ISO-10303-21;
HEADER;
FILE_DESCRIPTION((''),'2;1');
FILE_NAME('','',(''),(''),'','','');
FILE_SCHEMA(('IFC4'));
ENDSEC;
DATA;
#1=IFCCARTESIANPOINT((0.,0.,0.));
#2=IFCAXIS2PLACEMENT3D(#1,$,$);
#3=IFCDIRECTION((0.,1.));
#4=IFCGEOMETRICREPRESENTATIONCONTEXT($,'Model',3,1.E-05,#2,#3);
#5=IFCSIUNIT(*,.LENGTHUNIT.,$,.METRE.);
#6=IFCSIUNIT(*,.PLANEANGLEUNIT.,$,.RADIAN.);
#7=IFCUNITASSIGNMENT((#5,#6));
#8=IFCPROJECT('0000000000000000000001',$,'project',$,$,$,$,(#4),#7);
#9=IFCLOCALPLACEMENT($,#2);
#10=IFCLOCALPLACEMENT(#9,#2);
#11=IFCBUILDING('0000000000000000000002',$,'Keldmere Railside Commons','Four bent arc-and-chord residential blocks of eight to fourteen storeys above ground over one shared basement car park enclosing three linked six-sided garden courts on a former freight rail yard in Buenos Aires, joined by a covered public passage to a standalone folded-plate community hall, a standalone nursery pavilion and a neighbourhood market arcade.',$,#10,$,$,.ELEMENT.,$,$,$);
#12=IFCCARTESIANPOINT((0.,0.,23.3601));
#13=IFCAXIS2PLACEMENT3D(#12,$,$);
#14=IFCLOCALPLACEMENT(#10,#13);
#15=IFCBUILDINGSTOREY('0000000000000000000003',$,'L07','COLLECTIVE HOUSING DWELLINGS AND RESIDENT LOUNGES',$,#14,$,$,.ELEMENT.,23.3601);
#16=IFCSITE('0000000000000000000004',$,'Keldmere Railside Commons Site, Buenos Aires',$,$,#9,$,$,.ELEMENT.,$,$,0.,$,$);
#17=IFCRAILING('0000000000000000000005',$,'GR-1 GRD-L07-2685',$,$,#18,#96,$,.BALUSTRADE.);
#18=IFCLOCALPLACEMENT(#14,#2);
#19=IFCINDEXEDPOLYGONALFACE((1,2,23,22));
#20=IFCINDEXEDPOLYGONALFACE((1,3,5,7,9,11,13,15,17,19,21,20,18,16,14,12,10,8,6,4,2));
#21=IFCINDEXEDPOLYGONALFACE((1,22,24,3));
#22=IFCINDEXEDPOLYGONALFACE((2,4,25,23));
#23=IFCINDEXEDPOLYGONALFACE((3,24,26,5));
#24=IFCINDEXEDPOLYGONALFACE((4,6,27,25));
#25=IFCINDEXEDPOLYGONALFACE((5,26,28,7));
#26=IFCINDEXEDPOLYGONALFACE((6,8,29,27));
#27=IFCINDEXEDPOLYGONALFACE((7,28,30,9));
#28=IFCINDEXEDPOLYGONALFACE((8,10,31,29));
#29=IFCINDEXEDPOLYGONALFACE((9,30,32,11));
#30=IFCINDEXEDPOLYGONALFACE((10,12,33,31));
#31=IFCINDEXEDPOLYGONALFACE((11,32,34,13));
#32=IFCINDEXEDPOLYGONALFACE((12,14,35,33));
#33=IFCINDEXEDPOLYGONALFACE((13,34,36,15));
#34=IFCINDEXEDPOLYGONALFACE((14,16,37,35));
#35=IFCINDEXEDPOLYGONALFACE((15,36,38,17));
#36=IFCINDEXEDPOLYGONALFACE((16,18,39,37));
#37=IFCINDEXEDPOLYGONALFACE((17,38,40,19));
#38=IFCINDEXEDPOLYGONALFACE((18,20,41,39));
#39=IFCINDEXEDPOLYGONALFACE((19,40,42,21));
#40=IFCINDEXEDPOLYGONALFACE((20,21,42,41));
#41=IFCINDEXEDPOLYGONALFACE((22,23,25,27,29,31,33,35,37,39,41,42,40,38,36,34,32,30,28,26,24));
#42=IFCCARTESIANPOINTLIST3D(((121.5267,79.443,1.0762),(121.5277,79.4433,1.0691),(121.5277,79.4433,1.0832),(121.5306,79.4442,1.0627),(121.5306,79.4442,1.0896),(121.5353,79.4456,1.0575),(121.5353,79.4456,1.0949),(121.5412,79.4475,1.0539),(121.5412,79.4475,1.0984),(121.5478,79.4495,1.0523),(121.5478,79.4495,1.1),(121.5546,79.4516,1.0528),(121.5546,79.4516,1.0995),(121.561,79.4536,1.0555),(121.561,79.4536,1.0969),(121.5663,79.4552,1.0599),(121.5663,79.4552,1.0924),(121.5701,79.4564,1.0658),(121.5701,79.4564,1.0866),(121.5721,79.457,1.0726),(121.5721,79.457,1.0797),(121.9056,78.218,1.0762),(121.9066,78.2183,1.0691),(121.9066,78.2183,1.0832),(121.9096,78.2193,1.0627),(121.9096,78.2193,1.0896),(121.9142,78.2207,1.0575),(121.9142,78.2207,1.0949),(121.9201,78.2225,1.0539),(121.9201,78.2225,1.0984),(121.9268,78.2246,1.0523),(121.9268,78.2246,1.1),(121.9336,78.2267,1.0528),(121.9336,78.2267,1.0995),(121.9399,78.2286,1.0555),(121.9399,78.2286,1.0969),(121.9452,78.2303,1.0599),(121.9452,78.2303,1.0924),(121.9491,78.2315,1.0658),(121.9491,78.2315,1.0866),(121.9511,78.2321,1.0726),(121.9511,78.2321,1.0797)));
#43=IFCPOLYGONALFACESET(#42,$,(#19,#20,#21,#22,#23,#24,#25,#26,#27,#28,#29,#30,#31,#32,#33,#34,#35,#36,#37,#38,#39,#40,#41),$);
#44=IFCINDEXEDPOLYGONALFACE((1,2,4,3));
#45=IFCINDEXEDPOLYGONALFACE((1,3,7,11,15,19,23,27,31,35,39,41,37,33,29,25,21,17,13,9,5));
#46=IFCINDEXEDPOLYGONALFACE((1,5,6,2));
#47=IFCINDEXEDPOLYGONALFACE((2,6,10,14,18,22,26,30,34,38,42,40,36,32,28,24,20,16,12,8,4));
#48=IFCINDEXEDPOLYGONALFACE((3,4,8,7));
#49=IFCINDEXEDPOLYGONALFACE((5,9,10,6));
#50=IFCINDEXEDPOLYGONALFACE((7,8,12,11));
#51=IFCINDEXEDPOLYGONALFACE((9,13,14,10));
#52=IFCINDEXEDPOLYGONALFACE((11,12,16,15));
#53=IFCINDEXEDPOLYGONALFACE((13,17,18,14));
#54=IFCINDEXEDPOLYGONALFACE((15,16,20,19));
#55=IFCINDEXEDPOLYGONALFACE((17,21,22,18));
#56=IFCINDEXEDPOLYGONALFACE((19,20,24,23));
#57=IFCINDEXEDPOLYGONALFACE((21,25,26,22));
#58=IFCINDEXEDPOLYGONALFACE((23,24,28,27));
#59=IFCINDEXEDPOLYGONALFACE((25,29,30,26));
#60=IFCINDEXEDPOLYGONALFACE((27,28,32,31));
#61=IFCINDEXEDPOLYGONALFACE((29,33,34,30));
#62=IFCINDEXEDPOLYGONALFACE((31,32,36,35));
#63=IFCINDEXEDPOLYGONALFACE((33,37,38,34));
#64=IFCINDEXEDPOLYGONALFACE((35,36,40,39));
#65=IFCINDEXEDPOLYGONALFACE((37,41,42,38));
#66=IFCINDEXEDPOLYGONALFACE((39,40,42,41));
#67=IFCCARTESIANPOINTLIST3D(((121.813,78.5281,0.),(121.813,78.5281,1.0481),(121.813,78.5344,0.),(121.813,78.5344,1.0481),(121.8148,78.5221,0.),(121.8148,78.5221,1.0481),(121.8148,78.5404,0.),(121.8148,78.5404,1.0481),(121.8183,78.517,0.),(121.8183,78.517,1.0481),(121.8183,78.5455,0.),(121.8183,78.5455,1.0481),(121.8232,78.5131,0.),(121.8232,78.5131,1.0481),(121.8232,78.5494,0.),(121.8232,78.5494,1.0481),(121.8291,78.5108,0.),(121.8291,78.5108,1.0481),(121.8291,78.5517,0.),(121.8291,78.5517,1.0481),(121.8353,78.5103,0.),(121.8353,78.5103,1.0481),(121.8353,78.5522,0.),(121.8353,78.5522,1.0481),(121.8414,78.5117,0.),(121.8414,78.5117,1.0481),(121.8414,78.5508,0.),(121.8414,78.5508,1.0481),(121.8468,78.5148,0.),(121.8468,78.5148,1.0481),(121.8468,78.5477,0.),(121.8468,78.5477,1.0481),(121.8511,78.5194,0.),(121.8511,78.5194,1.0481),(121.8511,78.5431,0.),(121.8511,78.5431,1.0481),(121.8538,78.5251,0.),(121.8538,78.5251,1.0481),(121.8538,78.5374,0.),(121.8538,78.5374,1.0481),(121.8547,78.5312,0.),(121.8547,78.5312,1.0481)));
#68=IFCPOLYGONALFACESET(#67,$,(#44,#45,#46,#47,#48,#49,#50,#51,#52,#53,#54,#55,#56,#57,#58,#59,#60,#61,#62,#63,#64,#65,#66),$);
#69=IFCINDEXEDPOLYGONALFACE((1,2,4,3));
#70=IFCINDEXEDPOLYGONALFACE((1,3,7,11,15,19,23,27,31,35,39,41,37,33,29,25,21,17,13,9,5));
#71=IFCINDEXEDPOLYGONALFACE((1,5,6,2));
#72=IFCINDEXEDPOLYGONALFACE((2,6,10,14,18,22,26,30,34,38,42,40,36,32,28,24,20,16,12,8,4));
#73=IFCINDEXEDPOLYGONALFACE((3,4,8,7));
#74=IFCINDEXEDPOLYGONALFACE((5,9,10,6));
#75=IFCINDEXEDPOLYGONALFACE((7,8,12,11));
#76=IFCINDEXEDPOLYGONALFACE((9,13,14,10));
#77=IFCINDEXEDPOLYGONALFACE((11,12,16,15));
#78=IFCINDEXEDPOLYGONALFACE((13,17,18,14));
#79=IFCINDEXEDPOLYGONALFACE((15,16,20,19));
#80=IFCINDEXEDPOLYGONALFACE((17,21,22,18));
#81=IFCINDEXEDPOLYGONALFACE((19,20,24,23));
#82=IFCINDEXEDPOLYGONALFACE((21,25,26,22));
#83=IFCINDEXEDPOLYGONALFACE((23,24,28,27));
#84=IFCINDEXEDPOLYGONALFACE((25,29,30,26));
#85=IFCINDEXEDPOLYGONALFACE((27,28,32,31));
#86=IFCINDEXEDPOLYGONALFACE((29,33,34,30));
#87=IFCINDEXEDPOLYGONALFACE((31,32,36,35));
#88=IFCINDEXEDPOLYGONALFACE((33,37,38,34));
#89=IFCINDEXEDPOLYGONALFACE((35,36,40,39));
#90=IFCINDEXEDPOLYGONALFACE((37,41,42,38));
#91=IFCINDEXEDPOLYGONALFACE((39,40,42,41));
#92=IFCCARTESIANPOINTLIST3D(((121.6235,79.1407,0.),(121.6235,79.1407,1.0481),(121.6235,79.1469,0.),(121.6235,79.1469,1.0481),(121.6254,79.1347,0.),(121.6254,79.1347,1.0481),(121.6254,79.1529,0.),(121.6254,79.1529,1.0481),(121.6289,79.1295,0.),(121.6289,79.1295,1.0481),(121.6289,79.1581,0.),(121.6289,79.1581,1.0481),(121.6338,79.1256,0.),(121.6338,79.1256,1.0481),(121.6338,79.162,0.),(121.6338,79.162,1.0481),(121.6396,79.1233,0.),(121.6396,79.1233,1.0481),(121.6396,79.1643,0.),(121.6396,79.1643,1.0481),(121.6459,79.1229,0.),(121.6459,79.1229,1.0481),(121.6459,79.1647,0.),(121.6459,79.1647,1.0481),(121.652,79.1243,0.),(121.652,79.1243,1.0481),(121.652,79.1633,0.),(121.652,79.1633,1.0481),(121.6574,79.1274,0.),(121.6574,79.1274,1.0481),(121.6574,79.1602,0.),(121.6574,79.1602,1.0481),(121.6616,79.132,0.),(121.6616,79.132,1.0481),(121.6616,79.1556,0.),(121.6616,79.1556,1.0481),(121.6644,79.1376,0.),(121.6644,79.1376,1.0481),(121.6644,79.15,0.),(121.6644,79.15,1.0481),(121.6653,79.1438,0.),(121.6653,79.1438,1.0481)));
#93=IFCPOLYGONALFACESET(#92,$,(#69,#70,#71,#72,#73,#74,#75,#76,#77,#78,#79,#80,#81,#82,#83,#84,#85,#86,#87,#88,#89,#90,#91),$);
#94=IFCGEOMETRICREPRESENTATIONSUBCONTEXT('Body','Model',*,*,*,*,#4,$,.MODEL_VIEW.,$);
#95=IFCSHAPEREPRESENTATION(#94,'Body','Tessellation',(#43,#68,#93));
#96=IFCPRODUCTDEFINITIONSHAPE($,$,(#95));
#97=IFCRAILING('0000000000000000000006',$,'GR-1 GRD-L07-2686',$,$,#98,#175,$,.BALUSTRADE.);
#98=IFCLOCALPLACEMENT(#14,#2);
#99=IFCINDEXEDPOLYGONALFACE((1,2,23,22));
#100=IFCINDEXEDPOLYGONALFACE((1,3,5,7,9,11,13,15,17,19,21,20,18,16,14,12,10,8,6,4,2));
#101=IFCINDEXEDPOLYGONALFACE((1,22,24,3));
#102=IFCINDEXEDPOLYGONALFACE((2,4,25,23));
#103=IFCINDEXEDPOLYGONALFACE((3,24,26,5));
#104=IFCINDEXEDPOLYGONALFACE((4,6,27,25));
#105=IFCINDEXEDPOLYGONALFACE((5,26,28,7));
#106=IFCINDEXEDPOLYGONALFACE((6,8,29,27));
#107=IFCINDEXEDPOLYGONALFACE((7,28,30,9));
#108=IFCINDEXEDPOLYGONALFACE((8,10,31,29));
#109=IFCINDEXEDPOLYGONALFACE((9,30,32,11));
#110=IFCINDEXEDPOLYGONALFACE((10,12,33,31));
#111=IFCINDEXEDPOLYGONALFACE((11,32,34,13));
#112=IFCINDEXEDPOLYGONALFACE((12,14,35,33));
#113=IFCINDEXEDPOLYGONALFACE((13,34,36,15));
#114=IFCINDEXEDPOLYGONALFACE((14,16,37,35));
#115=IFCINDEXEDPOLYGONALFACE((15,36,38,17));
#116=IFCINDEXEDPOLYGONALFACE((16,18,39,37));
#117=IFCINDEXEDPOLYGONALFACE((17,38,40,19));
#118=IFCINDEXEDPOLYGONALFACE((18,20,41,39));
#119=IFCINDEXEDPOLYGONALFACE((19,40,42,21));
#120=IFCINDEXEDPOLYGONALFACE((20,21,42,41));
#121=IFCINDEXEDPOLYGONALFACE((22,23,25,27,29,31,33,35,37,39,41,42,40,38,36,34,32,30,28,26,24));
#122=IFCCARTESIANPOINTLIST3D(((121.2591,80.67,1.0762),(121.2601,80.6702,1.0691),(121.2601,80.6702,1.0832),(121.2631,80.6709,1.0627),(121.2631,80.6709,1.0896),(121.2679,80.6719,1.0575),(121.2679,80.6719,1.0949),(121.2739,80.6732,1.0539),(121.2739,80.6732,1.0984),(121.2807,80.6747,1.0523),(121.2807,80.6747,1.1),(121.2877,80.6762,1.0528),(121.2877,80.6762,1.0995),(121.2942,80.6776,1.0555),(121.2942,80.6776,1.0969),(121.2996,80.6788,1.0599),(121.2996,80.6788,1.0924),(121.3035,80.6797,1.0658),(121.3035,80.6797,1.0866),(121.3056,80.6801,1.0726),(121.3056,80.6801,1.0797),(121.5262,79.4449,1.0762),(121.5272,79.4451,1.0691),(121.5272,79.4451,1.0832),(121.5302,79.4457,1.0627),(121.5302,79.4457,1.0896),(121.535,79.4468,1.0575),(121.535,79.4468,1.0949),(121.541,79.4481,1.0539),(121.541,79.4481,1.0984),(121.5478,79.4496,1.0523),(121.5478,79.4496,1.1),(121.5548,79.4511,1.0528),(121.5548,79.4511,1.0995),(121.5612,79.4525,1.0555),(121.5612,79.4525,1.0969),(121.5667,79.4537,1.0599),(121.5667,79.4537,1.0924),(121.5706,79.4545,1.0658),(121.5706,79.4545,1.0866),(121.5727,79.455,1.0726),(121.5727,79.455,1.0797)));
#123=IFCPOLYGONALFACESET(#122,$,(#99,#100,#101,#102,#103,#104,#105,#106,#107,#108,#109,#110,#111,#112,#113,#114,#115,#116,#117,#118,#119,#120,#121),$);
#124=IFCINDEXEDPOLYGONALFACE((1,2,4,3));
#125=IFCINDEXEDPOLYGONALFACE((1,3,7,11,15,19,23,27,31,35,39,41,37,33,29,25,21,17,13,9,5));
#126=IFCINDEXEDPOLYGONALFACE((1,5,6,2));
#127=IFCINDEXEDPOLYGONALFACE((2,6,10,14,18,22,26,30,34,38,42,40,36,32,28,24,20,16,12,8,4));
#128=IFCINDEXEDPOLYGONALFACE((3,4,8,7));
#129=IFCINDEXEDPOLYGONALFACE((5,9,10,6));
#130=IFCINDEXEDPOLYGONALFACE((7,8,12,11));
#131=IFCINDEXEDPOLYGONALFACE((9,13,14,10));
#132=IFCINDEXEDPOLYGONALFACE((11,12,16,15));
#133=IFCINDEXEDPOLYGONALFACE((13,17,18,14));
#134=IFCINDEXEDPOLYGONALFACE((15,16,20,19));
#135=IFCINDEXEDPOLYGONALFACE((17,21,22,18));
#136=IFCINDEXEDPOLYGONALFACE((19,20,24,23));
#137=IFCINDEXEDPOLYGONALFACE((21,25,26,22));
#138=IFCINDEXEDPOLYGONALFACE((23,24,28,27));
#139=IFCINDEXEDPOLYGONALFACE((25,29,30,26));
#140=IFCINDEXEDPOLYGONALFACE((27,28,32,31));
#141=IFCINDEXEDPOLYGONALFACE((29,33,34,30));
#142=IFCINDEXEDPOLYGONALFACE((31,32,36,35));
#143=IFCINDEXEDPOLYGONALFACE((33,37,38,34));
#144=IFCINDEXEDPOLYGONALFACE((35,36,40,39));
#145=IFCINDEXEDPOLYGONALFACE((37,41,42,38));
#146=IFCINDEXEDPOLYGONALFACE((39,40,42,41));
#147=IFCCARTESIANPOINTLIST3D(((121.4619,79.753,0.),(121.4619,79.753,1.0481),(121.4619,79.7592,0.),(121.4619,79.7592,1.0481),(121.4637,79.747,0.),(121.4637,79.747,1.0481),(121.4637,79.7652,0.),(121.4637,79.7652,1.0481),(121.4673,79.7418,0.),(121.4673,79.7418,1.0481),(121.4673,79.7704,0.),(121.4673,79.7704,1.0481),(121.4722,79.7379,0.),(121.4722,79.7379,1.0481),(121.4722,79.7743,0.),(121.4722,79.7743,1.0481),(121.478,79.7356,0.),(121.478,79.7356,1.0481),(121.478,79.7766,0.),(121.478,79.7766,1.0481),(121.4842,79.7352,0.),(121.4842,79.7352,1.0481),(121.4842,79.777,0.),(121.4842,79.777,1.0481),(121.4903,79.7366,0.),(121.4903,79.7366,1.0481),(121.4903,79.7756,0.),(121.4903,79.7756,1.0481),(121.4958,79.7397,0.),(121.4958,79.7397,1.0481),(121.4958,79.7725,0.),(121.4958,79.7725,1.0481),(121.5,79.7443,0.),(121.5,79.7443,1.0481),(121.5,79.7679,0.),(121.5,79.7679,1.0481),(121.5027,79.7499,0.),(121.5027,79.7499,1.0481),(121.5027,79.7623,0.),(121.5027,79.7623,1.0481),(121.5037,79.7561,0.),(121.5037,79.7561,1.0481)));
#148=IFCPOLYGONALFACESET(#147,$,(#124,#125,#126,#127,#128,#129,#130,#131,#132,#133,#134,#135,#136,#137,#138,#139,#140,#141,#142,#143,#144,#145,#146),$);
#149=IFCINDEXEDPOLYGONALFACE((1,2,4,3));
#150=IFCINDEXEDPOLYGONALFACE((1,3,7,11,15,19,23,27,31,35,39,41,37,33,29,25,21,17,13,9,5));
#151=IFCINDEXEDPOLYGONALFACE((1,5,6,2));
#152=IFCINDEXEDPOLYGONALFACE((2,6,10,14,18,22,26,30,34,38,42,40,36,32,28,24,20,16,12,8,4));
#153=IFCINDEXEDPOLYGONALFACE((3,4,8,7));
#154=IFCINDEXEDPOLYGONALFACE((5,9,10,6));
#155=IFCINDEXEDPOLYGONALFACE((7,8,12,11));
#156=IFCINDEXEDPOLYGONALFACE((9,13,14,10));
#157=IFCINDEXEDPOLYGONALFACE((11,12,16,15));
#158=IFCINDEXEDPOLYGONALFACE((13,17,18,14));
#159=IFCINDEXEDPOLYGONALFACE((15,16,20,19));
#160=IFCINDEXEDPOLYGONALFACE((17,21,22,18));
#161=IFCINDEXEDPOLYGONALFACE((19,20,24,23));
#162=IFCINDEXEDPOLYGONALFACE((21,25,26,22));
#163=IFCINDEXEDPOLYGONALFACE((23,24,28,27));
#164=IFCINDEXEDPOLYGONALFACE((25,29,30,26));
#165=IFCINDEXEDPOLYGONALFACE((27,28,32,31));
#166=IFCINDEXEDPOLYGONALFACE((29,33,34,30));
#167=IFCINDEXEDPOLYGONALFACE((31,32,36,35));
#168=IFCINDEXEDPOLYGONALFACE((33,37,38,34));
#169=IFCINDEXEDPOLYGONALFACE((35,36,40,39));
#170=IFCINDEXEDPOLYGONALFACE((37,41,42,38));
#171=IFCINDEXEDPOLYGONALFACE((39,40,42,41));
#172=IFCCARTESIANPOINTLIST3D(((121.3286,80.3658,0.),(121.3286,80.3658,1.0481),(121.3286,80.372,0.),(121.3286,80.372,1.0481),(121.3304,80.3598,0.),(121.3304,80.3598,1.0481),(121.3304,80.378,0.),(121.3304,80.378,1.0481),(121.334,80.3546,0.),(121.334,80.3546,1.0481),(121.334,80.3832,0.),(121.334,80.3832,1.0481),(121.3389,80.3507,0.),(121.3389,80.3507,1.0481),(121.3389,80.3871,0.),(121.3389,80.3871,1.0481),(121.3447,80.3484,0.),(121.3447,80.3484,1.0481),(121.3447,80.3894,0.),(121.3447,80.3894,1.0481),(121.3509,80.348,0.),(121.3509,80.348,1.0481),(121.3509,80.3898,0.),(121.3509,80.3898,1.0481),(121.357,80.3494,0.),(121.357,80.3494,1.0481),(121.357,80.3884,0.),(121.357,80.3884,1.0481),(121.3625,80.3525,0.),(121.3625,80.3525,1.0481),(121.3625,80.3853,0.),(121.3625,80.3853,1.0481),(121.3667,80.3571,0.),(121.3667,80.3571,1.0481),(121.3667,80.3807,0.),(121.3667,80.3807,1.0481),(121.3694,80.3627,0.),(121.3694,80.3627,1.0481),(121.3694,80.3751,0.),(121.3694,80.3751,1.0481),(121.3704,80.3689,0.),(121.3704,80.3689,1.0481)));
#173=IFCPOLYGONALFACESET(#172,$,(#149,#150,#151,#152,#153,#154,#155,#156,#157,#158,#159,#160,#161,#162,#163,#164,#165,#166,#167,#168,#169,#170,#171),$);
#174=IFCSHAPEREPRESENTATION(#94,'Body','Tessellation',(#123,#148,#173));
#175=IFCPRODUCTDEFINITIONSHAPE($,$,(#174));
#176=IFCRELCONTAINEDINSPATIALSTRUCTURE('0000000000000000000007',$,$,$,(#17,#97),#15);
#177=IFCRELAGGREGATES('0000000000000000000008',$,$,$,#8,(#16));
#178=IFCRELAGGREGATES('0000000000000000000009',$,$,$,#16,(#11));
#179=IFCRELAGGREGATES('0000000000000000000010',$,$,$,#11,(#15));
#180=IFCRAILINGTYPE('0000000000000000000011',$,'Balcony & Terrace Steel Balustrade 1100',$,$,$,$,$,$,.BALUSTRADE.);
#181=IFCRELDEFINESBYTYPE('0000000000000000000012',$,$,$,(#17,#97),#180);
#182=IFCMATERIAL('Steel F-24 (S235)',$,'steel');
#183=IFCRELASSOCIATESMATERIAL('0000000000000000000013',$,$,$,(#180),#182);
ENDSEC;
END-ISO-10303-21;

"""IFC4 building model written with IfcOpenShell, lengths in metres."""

from ifc_helpers import new_model, si_unit, direction, frame, origin, origin_2d, place, context, subcontext, project, spatial, circle, extrude, material, type_object, element, save


model = new_model("IFC4")

# Units and contexts
model_context = context("Model", 3, precision=1e-05, world=origin(), true_north=direction((0.0, 1.0)))
body_context = subcontext(model_context, "Body", "Model", "MODEL_VIEW")
ifc_project = project(units=[si_unit("LENGTHUNIT", "METRE"), si_unit("PLANEANGLEUNIT", "RADIAN")], contexts=[model_context])

# Site, building, storey
site_placement = place(None, origin())
site = spatial("IfcSite", under=ifc_project, at=site_placement, Name="Keldmere Railside Commons Site, Buenos Aires", CompositionType="ELEMENT", RefElevation=0.0)
building_placement = place(site_placement, origin())
building = spatial("IfcBuilding", under=site, at=building_placement, Name="Keldmere Railside Commons", Description="Four bent arc-and-chord residential blocks of eight to fourteen storeys above ground over one shared basement car park enclosing three linked six-sided garden courts on a former freight rail yard in Buenos Aires, joined by a covered public passage to a standalone folded-plate community hall, a standalone nursery pavilion and a neighbourhood market arcade.", CompositionType="ELEMENT")
storey_placement = place(building_placement, frame((0.0, 0.0, 23.3601)))
storey = spatial("IfcBuildingStorey", under=building, at=storey_placement, Name="L07", Description="COLLECTIVE HOUSING DWELLINGS AND RESIDENT LOUNGES", CompositionType="ELEMENT", Elevation=23.3601)

# Railings
ifc_material_1 = material(Name="Steel F-24 (S235)", Category="steel")
railing_type = type_object("IfcRailingType", Name="Balcony & Terrace Steel Balustrade 1100", PredefinedType="BALUSTRADE", material=ifc_material_1)
railing_1_placement = place(storey_placement, frame((121.9285, 78.2251, 0.0)))
element("IfcRailing", 1, at=railing_1_placement, inside=storey, type_object=railing_type, Name="GR-1 GRD-L07-2685", PredefinedType="BALUSTRADE", context=body_context, shape_type="SweptSolid", body=[
    extrude(circle(Radius=0.0239, at=origin_2d()), frame((0.0, 0.0, 1.0762), z_axis=(-0.295531, 0.955333, 0.0), x_axis=(-0.955333, -0.295531, 0.0)), (0.0, 0.0, 1.0), 1.2822),
    extrude(circle(Radius=0.021, at=origin_2d()), frame((-0.0947, 0.3062, 0.0)), (0.0, 0.0, 1.0), 1.0481),
    extrude(circle(Radius=0.021, at=origin_2d()), frame((-0.2842, 0.9187, 0.0)), (0.0, 0.0, 1.0), 1.0481),
])
railing_2_placement = place(storey_placement, frame((121.5496, 79.45, 0.0)))
element("IfcRailing", 2, at=railing_2_placement, inside=storey, type_object=railing_type, Name="GR-1 GRD-L07-2686", PredefinedType="BALUSTRADE", context=body_context, shape_type="SweptSolid", body=[
    extrude(circle(Radius=0.0239, at=origin_2d()), frame((0.0, 0.0, 1.0762), z_axis=(-0.213012, 0.97705, 0.0), x_axis=(-0.97705, -0.213012, 0.0)), (0.0, 0.0, 1.0), 1.2539),
    extrude(circle(Radius=0.021, at=origin_2d()), frame((-0.0669, 0.3062, 0.0)), (0.0, 0.0, 1.0), 1.0481),
    extrude(circle(Radius=0.021, at=origin_2d()), frame((-0.2002, 0.9189, 0.0)), (0.0, 0.0, 1.0), 1.0481),
])

save(model, "model.ifc")
